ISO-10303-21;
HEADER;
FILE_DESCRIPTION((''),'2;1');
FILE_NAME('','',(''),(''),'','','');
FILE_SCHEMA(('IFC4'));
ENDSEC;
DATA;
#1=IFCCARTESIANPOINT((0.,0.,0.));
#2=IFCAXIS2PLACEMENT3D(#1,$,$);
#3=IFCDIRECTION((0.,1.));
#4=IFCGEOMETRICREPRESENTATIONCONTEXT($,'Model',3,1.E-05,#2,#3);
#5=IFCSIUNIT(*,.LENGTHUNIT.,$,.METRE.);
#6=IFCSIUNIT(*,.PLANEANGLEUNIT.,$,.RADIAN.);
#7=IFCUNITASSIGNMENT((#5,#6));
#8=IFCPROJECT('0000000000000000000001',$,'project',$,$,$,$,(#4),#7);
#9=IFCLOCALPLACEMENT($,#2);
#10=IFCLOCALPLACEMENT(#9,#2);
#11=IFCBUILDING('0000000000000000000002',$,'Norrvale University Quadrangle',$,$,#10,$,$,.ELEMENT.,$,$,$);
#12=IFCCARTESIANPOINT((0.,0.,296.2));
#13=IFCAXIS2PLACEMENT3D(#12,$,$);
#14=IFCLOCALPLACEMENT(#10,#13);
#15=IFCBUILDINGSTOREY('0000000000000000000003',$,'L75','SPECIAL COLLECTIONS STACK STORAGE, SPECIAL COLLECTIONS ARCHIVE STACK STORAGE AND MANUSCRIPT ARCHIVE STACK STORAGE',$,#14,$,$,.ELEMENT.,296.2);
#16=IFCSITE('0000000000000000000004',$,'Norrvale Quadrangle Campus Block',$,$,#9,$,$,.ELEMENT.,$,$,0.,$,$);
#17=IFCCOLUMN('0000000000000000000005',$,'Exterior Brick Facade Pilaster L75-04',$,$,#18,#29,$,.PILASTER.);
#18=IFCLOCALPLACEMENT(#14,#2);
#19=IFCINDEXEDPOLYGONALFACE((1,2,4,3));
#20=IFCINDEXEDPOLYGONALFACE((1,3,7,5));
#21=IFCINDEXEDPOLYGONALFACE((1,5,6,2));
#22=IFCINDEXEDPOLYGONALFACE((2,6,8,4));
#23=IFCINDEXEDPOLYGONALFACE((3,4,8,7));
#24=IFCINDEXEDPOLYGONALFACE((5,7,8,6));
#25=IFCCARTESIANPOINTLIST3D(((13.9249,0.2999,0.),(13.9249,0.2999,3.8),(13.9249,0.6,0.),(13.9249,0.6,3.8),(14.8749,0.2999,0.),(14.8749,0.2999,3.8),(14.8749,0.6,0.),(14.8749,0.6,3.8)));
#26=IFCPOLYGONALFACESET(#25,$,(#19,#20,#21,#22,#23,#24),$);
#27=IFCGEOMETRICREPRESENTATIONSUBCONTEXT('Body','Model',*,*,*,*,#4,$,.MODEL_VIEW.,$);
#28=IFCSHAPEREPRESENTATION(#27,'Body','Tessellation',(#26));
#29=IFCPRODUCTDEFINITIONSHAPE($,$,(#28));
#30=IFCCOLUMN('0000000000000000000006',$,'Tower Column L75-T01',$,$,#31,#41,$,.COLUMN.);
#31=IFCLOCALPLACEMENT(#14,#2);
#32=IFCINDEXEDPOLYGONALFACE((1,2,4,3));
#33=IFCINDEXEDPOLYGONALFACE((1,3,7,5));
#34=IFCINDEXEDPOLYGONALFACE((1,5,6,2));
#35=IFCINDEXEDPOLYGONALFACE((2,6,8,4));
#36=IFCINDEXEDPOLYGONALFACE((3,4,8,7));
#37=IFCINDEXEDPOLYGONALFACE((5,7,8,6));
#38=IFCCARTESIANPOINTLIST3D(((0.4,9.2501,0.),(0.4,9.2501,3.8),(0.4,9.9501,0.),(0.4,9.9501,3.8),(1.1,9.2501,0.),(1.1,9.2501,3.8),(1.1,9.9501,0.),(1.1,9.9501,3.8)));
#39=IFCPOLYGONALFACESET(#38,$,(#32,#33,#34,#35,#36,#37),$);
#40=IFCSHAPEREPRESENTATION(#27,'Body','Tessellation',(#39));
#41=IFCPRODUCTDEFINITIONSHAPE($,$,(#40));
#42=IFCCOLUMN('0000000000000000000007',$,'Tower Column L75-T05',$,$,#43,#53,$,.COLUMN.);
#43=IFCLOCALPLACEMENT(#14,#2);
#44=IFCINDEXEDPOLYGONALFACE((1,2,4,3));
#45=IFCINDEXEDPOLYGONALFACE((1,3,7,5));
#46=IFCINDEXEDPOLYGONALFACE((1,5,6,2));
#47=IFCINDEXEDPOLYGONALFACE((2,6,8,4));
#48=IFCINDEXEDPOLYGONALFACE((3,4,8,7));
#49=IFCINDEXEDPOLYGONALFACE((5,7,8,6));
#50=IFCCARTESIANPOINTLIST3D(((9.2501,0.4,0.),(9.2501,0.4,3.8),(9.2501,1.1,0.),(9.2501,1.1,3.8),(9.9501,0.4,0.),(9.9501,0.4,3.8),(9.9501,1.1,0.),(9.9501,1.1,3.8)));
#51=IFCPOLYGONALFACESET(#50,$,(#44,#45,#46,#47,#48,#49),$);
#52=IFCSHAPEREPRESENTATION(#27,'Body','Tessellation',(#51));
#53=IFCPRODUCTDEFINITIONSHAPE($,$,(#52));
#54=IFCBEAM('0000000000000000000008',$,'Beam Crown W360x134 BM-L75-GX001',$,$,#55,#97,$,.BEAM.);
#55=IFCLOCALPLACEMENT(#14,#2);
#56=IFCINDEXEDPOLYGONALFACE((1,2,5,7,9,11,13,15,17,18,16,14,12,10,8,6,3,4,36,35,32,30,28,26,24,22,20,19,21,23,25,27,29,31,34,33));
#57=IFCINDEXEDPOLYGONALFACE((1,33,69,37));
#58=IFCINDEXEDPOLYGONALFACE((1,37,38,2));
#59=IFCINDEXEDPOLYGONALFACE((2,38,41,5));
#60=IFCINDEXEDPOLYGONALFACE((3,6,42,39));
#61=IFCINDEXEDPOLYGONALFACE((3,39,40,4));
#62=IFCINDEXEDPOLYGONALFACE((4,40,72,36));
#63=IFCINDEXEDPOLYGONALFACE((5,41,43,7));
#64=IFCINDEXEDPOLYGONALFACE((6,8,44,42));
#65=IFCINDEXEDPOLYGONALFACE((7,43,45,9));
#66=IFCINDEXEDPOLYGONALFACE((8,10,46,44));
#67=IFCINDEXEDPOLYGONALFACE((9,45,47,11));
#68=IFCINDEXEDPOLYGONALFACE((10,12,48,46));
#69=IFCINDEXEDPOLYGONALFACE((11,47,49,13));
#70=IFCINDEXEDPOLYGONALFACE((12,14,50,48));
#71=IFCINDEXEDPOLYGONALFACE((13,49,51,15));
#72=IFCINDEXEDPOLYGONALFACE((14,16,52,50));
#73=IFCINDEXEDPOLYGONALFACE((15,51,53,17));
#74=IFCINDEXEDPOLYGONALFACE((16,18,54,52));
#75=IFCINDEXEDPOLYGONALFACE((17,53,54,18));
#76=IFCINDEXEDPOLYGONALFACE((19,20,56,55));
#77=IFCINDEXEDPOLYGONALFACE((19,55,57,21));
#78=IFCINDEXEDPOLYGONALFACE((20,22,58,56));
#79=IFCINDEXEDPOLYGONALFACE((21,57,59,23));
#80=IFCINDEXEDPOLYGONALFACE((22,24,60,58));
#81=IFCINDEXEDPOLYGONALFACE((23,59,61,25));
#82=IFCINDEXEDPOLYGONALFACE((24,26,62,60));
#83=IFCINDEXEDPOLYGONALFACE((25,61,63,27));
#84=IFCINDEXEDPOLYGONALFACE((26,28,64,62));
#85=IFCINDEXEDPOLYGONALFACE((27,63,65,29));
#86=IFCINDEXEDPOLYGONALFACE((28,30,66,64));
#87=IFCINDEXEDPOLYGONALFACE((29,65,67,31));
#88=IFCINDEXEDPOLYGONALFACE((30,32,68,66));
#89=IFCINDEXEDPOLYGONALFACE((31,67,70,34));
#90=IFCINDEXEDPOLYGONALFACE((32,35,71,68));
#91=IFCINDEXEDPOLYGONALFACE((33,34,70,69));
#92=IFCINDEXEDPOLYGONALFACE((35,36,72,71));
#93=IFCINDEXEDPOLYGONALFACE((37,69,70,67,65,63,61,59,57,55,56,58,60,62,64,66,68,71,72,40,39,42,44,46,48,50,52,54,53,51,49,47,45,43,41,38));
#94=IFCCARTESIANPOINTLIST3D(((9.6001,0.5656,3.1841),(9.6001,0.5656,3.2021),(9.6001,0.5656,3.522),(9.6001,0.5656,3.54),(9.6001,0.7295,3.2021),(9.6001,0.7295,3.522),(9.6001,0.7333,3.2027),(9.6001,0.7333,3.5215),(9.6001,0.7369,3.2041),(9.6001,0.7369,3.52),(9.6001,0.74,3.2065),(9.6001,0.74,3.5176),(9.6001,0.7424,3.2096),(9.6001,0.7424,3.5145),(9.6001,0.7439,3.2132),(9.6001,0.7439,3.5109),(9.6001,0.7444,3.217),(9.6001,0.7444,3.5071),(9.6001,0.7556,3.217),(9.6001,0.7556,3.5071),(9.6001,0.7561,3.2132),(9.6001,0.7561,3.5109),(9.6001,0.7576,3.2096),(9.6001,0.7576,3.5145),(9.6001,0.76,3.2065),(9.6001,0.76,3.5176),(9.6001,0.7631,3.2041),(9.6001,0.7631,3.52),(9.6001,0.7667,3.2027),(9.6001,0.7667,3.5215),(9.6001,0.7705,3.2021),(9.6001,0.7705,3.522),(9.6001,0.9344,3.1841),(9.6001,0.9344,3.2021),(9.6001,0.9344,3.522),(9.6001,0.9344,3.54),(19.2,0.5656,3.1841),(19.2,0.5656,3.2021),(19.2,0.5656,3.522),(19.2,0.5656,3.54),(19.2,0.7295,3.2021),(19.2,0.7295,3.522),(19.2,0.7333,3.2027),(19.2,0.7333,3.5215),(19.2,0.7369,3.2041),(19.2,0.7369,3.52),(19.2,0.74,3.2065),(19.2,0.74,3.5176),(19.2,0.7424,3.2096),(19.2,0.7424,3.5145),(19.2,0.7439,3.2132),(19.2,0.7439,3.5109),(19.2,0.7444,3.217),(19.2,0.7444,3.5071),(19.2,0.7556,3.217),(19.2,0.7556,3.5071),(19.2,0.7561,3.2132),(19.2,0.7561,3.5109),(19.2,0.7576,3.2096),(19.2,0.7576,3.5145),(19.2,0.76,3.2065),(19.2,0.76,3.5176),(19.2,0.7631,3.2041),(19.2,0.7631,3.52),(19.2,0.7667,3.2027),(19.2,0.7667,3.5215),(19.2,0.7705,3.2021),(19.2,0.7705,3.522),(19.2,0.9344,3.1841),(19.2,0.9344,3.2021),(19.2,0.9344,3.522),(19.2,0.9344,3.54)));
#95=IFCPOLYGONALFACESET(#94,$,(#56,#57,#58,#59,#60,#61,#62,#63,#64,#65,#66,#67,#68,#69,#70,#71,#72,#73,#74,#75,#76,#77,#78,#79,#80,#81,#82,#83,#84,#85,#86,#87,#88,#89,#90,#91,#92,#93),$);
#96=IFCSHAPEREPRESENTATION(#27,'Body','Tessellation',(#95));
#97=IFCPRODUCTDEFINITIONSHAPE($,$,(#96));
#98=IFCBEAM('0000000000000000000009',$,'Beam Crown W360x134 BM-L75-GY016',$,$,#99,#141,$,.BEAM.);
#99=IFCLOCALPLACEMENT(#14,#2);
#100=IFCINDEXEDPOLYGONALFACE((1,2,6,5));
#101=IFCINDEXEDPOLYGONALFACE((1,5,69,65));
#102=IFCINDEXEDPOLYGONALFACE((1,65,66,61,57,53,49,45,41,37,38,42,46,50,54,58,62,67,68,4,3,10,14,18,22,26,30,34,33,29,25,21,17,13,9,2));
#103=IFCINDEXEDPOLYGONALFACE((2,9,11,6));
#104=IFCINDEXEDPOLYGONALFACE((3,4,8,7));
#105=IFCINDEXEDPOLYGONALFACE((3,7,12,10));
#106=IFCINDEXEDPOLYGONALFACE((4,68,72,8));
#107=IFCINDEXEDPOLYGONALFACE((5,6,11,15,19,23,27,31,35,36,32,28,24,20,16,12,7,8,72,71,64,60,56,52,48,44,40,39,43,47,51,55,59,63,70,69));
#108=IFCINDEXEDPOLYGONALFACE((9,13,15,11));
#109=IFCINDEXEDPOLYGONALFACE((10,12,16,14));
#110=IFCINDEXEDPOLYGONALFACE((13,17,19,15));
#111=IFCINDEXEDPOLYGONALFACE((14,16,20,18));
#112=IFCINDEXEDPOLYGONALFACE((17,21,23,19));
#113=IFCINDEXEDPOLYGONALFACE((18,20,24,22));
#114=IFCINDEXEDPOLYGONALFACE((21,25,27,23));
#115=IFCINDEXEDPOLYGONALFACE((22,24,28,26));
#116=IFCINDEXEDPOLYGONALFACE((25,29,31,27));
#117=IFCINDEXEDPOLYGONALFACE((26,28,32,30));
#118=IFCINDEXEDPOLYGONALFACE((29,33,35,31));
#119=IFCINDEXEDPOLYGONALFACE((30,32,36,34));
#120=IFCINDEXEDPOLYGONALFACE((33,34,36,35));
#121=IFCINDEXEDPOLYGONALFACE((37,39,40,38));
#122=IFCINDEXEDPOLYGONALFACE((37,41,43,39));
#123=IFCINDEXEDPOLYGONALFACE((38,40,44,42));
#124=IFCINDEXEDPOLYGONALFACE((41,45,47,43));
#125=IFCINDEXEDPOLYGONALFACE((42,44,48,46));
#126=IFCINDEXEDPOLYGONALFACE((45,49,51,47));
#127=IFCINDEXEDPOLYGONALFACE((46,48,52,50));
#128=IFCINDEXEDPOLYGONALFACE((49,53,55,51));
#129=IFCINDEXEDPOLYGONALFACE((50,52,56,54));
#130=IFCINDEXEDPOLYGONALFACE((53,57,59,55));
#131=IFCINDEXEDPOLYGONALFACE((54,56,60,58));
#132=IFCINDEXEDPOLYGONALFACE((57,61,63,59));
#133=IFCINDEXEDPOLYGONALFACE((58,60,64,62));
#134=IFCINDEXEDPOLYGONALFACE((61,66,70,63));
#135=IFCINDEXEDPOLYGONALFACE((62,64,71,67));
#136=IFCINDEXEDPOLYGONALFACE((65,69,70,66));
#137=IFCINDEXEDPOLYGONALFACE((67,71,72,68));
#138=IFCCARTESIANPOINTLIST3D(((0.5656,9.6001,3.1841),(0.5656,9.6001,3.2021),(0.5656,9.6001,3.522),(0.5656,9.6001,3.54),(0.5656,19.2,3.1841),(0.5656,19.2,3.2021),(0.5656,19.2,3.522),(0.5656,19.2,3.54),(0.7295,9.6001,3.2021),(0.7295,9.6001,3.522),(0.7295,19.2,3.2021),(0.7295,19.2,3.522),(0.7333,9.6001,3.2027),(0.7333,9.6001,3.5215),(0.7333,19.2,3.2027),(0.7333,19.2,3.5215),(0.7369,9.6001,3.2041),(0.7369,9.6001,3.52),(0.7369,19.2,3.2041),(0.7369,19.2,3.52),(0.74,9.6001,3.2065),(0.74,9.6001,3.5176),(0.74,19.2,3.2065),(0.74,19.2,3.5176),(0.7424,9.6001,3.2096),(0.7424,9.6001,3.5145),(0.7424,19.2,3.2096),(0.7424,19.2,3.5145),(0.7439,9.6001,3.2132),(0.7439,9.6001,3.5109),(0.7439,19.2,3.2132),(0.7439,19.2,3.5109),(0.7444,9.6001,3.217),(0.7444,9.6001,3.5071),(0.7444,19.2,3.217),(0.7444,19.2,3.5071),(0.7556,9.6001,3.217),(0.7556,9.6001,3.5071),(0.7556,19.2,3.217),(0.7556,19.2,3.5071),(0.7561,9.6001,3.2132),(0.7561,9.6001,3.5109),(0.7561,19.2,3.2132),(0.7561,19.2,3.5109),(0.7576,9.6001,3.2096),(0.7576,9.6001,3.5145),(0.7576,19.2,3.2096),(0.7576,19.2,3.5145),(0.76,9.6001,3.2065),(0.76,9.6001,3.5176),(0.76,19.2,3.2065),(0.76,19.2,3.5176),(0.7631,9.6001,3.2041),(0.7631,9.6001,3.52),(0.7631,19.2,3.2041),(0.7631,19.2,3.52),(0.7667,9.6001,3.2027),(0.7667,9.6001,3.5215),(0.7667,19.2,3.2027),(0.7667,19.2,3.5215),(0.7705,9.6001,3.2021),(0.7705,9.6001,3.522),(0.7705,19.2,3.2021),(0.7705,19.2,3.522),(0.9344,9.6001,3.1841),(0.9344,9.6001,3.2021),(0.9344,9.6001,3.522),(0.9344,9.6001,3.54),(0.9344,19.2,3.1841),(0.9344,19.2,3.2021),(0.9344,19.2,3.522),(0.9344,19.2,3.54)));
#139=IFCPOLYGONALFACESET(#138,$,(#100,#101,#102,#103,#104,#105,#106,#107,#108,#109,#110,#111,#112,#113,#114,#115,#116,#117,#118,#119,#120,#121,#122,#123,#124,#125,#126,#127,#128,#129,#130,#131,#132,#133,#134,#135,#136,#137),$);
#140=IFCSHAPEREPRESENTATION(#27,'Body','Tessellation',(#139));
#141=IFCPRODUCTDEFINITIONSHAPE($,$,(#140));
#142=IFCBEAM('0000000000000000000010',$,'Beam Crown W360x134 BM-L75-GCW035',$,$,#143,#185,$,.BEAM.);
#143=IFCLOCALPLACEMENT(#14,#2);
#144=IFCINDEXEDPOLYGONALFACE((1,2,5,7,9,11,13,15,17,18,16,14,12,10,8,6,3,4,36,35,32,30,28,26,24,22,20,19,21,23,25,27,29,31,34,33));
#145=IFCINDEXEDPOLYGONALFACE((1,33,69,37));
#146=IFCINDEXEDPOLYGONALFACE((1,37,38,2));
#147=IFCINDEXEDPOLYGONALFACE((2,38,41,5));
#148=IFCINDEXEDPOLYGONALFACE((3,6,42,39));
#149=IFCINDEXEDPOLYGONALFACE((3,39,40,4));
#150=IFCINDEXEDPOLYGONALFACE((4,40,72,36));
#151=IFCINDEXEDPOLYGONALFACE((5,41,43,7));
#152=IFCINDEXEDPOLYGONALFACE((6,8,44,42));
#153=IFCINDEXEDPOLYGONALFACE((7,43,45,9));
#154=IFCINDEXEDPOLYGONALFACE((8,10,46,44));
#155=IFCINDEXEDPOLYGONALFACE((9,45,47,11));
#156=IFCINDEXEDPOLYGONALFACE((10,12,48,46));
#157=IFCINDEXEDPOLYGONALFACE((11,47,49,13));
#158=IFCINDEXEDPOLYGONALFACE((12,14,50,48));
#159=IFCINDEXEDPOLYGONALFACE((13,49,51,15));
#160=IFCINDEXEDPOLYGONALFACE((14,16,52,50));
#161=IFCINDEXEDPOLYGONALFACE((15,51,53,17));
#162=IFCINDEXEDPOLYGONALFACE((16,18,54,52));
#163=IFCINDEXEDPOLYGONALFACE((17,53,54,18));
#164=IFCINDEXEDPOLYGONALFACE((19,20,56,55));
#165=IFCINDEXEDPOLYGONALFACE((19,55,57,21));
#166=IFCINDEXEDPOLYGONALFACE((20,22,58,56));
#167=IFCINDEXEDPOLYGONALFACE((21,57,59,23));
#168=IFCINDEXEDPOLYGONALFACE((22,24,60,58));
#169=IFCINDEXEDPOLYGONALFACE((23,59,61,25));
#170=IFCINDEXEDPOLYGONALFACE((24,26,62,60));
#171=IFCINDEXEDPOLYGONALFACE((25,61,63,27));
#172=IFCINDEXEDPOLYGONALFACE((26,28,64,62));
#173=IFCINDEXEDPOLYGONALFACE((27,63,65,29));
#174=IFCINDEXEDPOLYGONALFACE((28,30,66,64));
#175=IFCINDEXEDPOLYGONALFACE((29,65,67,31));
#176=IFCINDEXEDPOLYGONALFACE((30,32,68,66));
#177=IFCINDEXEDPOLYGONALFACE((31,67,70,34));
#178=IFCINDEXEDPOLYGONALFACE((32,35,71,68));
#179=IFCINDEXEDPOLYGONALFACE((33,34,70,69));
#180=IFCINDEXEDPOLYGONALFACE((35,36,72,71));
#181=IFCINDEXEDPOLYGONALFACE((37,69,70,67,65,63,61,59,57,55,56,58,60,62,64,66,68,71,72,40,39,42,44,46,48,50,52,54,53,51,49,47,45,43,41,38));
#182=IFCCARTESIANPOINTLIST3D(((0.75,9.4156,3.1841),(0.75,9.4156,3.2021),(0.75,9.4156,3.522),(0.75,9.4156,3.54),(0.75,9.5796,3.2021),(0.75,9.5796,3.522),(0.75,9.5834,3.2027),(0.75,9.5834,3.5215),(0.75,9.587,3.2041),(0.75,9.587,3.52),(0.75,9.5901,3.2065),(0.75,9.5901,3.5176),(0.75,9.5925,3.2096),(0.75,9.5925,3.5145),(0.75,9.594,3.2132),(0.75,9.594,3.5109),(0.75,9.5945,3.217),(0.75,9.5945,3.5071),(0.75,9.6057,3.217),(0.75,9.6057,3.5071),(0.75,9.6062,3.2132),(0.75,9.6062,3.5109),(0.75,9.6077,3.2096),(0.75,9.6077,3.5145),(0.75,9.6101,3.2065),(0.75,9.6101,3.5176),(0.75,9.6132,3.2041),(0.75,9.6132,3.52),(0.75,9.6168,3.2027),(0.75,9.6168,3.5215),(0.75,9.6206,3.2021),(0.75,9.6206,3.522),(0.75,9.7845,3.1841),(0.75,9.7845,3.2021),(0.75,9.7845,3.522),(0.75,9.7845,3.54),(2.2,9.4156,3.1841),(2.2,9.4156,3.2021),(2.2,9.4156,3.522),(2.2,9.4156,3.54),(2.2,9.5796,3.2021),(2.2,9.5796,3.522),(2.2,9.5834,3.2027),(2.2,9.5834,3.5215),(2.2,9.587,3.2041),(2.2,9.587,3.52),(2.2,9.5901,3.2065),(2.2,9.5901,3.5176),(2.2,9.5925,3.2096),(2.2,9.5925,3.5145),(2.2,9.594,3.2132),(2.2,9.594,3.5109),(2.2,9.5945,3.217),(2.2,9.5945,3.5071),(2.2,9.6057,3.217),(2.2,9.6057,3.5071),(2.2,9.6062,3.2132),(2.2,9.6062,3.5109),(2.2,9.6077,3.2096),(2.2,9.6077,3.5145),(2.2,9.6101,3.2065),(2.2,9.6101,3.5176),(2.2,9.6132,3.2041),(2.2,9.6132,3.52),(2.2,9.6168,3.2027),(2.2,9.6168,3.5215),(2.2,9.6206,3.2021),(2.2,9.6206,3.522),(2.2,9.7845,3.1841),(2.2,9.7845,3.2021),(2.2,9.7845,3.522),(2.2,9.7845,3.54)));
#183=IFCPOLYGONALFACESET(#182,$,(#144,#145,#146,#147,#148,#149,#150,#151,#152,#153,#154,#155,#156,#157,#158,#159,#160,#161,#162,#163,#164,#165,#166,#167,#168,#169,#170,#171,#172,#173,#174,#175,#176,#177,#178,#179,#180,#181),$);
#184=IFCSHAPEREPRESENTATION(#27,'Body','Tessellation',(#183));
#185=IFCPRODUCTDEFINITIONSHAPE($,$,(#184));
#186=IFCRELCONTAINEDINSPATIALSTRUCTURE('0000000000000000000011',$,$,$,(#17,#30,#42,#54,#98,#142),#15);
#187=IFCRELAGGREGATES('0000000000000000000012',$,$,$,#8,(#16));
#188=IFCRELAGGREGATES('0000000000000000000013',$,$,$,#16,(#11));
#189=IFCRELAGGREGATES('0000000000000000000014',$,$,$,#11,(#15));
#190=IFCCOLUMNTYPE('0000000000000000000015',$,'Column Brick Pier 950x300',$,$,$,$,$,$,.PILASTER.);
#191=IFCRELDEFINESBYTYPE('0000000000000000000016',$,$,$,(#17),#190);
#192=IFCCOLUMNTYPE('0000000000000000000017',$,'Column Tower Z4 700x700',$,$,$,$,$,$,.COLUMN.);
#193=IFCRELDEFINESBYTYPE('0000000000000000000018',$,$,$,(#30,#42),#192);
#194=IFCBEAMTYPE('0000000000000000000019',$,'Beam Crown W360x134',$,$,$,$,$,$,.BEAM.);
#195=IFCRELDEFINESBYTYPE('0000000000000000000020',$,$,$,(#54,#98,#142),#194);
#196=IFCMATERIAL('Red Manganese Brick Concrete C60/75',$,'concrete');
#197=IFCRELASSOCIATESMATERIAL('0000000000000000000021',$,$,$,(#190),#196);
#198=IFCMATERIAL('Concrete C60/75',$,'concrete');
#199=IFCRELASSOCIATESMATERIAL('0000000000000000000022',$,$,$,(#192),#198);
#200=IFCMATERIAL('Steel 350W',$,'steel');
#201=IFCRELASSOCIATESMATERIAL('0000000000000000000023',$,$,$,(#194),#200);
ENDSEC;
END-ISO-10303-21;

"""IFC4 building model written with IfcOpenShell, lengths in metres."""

from ifc_helpers import new_model, si_unit, direction, frame, origin, origin_2d, place, context, subcontext, project, spatial, rectangle, i_section, extrude, material, material_profile, profile_set, type_object, element, save


model = new_model("IFC4")

# Units and contexts
model_context = context("Model", 3, precision=1e-05, world=origin(), true_north=direction((0.0, 1.0)))
body_context = subcontext(model_context, "Body", "Model", "MODEL_VIEW")
ifc_project = project(units=[si_unit("LENGTHUNIT", "METRE"), si_unit("PLANEANGLEUNIT", "RADIAN")], contexts=[model_context])

# Site, building, storey
site_placement = place(None, origin())
site = spatial("IfcSite", under=ifc_project, at=site_placement, Name="Norrvale Quadrangle Campus Block", CompositionType="ELEMENT", RefElevation=0.0)
building_placement = place(site_placement, origin())
building = spatial("IfcBuilding", under=site, at=building_placement, Name="Norrvale University Quadrangle", CompositionType="ELEMENT")
storey_placement = place(building_placement, frame((0.0, 0.0, 296.2)))
storey = spatial("IfcBuildingStorey", under=building, at=storey_placement, Name="L75", Description="SPECIAL COLLECTIONS STACK STORAGE, SPECIAL COLLECTIONS ARCHIVE STACK STORAGE AND MANUSCRIPT ARCHIVE STACK STORAGE", CompositionType="ELEMENT", Elevation=296.2)

# Columns
ifc_material_1 = material(Name="Red Manganese Brick Concrete C60/75", Category="concrete")
ifc_material_profile_1 = material_profile(ifc_material_1, rectangle(XDim=0.95, YDim=0.3, at=origin_2d()), Name="Red Manganese Brick Concrete C60/75")
ifc_profile_set_1 = profile_set([ifc_material_profile_1], Name="Red Manganese Brick Concrete C60/75")
column_type_1 = type_object("IfcColumnType", Name="Column Brick Pier 950x300", PredefinedType="PILASTER", material=ifc_profile_set_1)
column_placement = place(storey_placement, frame((14.3999, 0.45, 0.0), z_axis=(0.0, 0.0, 1.0), x_axis=(1.0, 0.0, 0.0)))
element("IfcColumn", 1, at=column_placement, inside=storey, type_object=column_type_1, Name="Exterior Brick Facade Pilaster L75-04", PredefinedType="PILASTER", context=body_context, shape_type="SweptSolid", body=[
    extrude(rectangle(XDim=0.95, YDim=0.3, at=origin_2d()), origin(), (0.0, 0.0, 1.0), 3.8),
])
ifc_material_2 = material(Name="Concrete C60/75", Category="concrete")
ifc_material_profile_2 = material_profile(ifc_material_2, rectangle(XDim=0.7, YDim=0.7, at=origin_2d()), Name="Concrete C60/75")
ifc_profile_set_2 = profile_set([ifc_material_profile_2], Name="Concrete C60/75")
column_type_2 = type_object("IfcColumnType", Name="Column Tower Z4 700x700", PredefinedType="COLUMN", material=ifc_profile_set_2)
for number, where, z_axis, x_axis, name in (
    (2, (0.75, 9.6001, 0.0), (0.0, 0.0, 1.0), (1.0, 0.0, 0.0), "Tower Column L75-T01"),
    (3, (9.6001, 0.75, 0.0), (0.0, 0.0, 1.0), (1.0, 0.0, 0.0), "Tower Column L75-T05"),
):
    element("IfcColumn", number, at=place(storey_placement, frame(where, z_axis=z_axis, x_axis=x_axis)), inside=storey, type_object=column_type_2, Name=name, PredefinedType="COLUMN", context=body_context, shape_type="SweptSolid", body=[
        extrude(rectangle(XDim=0.7, YDim=0.7, at=origin_2d()), origin(), (0.0, 0.0, 1.0), 3.8),
    ])

# Beams
ifc_material_3 = material(Name="Steel 350W", Category="steel")
ifc_material_profile_3 = material_profile(ifc_material_3, i_section(OverallWidth=0.3689, OverallDepth=0.356, WebThickness=0.0112, FlangeThickness=0.0181, FilletRadius=0.0149, at=origin_2d()), Name="Steel 350W")
ifc_profile_set_3 = profile_set([ifc_material_profile_3], Name="Steel 350W")
beam_type_1 = type_object("IfcBeamType", Name="Beam Crown W360x134", PredefinedType="BEAM", material=ifc_profile_set_3)
for number, where, z_axis, x_axis, name in (
    (4, (9.6001, 0.75, 3.3621), (1.0, 0.0, 0.0), (0.0, 1.0, 0.0), "Beam Crown W360x134 BM-L75-GX001"),
    (5, (0.75, 9.6001, 3.3621), (0.0, 1.0, 0.0), (-1.0, 0.0, 0.0), "Beam Crown W360x134 BM-L75-GY016"),
):
    element("IfcBeam", number, at=place(storey_placement, frame(where, z_axis=z_axis, x_axis=x_axis)), inside=storey, type_object=beam_type_1, Name=name, PredefinedType="BEAM", context=body_context, shape_type="SweptSolid", body=[
        extrude(i_section(OverallWidth=0.3689, OverallDepth=0.356, WebThickness=0.0112, FlangeThickness=0.0181, FilletRadius=0.0149, at=origin_2d()), origin(), (0.0, 0.0, 1.0), 9.5999),
    ])
beam_1_placement = place(storey_placement, frame((0.75, 9.6001, 3.3621), z_axis=(1.0, 0.0, 0.0), x_axis=(0.0, 1.0, 0.0)))
element("IfcBeam", 6, at=beam_1_placement, inside=storey, type_object=beam_type_1, Name="Beam Crown W360x134 BM-L75-GCW035", PredefinedType="BEAM", context=body_context, shape_type="SweptSolid", body=[
    extrude(i_section(OverallWidth=0.3689, OverallDepth=0.356, WebThickness=0.0112, FlangeThickness=0.0181, FilletRadius=0.0149, at=origin_2d()), origin(), (0.0, 0.0, 1.0), 1.45),
])

save(model, "model.ifc")
